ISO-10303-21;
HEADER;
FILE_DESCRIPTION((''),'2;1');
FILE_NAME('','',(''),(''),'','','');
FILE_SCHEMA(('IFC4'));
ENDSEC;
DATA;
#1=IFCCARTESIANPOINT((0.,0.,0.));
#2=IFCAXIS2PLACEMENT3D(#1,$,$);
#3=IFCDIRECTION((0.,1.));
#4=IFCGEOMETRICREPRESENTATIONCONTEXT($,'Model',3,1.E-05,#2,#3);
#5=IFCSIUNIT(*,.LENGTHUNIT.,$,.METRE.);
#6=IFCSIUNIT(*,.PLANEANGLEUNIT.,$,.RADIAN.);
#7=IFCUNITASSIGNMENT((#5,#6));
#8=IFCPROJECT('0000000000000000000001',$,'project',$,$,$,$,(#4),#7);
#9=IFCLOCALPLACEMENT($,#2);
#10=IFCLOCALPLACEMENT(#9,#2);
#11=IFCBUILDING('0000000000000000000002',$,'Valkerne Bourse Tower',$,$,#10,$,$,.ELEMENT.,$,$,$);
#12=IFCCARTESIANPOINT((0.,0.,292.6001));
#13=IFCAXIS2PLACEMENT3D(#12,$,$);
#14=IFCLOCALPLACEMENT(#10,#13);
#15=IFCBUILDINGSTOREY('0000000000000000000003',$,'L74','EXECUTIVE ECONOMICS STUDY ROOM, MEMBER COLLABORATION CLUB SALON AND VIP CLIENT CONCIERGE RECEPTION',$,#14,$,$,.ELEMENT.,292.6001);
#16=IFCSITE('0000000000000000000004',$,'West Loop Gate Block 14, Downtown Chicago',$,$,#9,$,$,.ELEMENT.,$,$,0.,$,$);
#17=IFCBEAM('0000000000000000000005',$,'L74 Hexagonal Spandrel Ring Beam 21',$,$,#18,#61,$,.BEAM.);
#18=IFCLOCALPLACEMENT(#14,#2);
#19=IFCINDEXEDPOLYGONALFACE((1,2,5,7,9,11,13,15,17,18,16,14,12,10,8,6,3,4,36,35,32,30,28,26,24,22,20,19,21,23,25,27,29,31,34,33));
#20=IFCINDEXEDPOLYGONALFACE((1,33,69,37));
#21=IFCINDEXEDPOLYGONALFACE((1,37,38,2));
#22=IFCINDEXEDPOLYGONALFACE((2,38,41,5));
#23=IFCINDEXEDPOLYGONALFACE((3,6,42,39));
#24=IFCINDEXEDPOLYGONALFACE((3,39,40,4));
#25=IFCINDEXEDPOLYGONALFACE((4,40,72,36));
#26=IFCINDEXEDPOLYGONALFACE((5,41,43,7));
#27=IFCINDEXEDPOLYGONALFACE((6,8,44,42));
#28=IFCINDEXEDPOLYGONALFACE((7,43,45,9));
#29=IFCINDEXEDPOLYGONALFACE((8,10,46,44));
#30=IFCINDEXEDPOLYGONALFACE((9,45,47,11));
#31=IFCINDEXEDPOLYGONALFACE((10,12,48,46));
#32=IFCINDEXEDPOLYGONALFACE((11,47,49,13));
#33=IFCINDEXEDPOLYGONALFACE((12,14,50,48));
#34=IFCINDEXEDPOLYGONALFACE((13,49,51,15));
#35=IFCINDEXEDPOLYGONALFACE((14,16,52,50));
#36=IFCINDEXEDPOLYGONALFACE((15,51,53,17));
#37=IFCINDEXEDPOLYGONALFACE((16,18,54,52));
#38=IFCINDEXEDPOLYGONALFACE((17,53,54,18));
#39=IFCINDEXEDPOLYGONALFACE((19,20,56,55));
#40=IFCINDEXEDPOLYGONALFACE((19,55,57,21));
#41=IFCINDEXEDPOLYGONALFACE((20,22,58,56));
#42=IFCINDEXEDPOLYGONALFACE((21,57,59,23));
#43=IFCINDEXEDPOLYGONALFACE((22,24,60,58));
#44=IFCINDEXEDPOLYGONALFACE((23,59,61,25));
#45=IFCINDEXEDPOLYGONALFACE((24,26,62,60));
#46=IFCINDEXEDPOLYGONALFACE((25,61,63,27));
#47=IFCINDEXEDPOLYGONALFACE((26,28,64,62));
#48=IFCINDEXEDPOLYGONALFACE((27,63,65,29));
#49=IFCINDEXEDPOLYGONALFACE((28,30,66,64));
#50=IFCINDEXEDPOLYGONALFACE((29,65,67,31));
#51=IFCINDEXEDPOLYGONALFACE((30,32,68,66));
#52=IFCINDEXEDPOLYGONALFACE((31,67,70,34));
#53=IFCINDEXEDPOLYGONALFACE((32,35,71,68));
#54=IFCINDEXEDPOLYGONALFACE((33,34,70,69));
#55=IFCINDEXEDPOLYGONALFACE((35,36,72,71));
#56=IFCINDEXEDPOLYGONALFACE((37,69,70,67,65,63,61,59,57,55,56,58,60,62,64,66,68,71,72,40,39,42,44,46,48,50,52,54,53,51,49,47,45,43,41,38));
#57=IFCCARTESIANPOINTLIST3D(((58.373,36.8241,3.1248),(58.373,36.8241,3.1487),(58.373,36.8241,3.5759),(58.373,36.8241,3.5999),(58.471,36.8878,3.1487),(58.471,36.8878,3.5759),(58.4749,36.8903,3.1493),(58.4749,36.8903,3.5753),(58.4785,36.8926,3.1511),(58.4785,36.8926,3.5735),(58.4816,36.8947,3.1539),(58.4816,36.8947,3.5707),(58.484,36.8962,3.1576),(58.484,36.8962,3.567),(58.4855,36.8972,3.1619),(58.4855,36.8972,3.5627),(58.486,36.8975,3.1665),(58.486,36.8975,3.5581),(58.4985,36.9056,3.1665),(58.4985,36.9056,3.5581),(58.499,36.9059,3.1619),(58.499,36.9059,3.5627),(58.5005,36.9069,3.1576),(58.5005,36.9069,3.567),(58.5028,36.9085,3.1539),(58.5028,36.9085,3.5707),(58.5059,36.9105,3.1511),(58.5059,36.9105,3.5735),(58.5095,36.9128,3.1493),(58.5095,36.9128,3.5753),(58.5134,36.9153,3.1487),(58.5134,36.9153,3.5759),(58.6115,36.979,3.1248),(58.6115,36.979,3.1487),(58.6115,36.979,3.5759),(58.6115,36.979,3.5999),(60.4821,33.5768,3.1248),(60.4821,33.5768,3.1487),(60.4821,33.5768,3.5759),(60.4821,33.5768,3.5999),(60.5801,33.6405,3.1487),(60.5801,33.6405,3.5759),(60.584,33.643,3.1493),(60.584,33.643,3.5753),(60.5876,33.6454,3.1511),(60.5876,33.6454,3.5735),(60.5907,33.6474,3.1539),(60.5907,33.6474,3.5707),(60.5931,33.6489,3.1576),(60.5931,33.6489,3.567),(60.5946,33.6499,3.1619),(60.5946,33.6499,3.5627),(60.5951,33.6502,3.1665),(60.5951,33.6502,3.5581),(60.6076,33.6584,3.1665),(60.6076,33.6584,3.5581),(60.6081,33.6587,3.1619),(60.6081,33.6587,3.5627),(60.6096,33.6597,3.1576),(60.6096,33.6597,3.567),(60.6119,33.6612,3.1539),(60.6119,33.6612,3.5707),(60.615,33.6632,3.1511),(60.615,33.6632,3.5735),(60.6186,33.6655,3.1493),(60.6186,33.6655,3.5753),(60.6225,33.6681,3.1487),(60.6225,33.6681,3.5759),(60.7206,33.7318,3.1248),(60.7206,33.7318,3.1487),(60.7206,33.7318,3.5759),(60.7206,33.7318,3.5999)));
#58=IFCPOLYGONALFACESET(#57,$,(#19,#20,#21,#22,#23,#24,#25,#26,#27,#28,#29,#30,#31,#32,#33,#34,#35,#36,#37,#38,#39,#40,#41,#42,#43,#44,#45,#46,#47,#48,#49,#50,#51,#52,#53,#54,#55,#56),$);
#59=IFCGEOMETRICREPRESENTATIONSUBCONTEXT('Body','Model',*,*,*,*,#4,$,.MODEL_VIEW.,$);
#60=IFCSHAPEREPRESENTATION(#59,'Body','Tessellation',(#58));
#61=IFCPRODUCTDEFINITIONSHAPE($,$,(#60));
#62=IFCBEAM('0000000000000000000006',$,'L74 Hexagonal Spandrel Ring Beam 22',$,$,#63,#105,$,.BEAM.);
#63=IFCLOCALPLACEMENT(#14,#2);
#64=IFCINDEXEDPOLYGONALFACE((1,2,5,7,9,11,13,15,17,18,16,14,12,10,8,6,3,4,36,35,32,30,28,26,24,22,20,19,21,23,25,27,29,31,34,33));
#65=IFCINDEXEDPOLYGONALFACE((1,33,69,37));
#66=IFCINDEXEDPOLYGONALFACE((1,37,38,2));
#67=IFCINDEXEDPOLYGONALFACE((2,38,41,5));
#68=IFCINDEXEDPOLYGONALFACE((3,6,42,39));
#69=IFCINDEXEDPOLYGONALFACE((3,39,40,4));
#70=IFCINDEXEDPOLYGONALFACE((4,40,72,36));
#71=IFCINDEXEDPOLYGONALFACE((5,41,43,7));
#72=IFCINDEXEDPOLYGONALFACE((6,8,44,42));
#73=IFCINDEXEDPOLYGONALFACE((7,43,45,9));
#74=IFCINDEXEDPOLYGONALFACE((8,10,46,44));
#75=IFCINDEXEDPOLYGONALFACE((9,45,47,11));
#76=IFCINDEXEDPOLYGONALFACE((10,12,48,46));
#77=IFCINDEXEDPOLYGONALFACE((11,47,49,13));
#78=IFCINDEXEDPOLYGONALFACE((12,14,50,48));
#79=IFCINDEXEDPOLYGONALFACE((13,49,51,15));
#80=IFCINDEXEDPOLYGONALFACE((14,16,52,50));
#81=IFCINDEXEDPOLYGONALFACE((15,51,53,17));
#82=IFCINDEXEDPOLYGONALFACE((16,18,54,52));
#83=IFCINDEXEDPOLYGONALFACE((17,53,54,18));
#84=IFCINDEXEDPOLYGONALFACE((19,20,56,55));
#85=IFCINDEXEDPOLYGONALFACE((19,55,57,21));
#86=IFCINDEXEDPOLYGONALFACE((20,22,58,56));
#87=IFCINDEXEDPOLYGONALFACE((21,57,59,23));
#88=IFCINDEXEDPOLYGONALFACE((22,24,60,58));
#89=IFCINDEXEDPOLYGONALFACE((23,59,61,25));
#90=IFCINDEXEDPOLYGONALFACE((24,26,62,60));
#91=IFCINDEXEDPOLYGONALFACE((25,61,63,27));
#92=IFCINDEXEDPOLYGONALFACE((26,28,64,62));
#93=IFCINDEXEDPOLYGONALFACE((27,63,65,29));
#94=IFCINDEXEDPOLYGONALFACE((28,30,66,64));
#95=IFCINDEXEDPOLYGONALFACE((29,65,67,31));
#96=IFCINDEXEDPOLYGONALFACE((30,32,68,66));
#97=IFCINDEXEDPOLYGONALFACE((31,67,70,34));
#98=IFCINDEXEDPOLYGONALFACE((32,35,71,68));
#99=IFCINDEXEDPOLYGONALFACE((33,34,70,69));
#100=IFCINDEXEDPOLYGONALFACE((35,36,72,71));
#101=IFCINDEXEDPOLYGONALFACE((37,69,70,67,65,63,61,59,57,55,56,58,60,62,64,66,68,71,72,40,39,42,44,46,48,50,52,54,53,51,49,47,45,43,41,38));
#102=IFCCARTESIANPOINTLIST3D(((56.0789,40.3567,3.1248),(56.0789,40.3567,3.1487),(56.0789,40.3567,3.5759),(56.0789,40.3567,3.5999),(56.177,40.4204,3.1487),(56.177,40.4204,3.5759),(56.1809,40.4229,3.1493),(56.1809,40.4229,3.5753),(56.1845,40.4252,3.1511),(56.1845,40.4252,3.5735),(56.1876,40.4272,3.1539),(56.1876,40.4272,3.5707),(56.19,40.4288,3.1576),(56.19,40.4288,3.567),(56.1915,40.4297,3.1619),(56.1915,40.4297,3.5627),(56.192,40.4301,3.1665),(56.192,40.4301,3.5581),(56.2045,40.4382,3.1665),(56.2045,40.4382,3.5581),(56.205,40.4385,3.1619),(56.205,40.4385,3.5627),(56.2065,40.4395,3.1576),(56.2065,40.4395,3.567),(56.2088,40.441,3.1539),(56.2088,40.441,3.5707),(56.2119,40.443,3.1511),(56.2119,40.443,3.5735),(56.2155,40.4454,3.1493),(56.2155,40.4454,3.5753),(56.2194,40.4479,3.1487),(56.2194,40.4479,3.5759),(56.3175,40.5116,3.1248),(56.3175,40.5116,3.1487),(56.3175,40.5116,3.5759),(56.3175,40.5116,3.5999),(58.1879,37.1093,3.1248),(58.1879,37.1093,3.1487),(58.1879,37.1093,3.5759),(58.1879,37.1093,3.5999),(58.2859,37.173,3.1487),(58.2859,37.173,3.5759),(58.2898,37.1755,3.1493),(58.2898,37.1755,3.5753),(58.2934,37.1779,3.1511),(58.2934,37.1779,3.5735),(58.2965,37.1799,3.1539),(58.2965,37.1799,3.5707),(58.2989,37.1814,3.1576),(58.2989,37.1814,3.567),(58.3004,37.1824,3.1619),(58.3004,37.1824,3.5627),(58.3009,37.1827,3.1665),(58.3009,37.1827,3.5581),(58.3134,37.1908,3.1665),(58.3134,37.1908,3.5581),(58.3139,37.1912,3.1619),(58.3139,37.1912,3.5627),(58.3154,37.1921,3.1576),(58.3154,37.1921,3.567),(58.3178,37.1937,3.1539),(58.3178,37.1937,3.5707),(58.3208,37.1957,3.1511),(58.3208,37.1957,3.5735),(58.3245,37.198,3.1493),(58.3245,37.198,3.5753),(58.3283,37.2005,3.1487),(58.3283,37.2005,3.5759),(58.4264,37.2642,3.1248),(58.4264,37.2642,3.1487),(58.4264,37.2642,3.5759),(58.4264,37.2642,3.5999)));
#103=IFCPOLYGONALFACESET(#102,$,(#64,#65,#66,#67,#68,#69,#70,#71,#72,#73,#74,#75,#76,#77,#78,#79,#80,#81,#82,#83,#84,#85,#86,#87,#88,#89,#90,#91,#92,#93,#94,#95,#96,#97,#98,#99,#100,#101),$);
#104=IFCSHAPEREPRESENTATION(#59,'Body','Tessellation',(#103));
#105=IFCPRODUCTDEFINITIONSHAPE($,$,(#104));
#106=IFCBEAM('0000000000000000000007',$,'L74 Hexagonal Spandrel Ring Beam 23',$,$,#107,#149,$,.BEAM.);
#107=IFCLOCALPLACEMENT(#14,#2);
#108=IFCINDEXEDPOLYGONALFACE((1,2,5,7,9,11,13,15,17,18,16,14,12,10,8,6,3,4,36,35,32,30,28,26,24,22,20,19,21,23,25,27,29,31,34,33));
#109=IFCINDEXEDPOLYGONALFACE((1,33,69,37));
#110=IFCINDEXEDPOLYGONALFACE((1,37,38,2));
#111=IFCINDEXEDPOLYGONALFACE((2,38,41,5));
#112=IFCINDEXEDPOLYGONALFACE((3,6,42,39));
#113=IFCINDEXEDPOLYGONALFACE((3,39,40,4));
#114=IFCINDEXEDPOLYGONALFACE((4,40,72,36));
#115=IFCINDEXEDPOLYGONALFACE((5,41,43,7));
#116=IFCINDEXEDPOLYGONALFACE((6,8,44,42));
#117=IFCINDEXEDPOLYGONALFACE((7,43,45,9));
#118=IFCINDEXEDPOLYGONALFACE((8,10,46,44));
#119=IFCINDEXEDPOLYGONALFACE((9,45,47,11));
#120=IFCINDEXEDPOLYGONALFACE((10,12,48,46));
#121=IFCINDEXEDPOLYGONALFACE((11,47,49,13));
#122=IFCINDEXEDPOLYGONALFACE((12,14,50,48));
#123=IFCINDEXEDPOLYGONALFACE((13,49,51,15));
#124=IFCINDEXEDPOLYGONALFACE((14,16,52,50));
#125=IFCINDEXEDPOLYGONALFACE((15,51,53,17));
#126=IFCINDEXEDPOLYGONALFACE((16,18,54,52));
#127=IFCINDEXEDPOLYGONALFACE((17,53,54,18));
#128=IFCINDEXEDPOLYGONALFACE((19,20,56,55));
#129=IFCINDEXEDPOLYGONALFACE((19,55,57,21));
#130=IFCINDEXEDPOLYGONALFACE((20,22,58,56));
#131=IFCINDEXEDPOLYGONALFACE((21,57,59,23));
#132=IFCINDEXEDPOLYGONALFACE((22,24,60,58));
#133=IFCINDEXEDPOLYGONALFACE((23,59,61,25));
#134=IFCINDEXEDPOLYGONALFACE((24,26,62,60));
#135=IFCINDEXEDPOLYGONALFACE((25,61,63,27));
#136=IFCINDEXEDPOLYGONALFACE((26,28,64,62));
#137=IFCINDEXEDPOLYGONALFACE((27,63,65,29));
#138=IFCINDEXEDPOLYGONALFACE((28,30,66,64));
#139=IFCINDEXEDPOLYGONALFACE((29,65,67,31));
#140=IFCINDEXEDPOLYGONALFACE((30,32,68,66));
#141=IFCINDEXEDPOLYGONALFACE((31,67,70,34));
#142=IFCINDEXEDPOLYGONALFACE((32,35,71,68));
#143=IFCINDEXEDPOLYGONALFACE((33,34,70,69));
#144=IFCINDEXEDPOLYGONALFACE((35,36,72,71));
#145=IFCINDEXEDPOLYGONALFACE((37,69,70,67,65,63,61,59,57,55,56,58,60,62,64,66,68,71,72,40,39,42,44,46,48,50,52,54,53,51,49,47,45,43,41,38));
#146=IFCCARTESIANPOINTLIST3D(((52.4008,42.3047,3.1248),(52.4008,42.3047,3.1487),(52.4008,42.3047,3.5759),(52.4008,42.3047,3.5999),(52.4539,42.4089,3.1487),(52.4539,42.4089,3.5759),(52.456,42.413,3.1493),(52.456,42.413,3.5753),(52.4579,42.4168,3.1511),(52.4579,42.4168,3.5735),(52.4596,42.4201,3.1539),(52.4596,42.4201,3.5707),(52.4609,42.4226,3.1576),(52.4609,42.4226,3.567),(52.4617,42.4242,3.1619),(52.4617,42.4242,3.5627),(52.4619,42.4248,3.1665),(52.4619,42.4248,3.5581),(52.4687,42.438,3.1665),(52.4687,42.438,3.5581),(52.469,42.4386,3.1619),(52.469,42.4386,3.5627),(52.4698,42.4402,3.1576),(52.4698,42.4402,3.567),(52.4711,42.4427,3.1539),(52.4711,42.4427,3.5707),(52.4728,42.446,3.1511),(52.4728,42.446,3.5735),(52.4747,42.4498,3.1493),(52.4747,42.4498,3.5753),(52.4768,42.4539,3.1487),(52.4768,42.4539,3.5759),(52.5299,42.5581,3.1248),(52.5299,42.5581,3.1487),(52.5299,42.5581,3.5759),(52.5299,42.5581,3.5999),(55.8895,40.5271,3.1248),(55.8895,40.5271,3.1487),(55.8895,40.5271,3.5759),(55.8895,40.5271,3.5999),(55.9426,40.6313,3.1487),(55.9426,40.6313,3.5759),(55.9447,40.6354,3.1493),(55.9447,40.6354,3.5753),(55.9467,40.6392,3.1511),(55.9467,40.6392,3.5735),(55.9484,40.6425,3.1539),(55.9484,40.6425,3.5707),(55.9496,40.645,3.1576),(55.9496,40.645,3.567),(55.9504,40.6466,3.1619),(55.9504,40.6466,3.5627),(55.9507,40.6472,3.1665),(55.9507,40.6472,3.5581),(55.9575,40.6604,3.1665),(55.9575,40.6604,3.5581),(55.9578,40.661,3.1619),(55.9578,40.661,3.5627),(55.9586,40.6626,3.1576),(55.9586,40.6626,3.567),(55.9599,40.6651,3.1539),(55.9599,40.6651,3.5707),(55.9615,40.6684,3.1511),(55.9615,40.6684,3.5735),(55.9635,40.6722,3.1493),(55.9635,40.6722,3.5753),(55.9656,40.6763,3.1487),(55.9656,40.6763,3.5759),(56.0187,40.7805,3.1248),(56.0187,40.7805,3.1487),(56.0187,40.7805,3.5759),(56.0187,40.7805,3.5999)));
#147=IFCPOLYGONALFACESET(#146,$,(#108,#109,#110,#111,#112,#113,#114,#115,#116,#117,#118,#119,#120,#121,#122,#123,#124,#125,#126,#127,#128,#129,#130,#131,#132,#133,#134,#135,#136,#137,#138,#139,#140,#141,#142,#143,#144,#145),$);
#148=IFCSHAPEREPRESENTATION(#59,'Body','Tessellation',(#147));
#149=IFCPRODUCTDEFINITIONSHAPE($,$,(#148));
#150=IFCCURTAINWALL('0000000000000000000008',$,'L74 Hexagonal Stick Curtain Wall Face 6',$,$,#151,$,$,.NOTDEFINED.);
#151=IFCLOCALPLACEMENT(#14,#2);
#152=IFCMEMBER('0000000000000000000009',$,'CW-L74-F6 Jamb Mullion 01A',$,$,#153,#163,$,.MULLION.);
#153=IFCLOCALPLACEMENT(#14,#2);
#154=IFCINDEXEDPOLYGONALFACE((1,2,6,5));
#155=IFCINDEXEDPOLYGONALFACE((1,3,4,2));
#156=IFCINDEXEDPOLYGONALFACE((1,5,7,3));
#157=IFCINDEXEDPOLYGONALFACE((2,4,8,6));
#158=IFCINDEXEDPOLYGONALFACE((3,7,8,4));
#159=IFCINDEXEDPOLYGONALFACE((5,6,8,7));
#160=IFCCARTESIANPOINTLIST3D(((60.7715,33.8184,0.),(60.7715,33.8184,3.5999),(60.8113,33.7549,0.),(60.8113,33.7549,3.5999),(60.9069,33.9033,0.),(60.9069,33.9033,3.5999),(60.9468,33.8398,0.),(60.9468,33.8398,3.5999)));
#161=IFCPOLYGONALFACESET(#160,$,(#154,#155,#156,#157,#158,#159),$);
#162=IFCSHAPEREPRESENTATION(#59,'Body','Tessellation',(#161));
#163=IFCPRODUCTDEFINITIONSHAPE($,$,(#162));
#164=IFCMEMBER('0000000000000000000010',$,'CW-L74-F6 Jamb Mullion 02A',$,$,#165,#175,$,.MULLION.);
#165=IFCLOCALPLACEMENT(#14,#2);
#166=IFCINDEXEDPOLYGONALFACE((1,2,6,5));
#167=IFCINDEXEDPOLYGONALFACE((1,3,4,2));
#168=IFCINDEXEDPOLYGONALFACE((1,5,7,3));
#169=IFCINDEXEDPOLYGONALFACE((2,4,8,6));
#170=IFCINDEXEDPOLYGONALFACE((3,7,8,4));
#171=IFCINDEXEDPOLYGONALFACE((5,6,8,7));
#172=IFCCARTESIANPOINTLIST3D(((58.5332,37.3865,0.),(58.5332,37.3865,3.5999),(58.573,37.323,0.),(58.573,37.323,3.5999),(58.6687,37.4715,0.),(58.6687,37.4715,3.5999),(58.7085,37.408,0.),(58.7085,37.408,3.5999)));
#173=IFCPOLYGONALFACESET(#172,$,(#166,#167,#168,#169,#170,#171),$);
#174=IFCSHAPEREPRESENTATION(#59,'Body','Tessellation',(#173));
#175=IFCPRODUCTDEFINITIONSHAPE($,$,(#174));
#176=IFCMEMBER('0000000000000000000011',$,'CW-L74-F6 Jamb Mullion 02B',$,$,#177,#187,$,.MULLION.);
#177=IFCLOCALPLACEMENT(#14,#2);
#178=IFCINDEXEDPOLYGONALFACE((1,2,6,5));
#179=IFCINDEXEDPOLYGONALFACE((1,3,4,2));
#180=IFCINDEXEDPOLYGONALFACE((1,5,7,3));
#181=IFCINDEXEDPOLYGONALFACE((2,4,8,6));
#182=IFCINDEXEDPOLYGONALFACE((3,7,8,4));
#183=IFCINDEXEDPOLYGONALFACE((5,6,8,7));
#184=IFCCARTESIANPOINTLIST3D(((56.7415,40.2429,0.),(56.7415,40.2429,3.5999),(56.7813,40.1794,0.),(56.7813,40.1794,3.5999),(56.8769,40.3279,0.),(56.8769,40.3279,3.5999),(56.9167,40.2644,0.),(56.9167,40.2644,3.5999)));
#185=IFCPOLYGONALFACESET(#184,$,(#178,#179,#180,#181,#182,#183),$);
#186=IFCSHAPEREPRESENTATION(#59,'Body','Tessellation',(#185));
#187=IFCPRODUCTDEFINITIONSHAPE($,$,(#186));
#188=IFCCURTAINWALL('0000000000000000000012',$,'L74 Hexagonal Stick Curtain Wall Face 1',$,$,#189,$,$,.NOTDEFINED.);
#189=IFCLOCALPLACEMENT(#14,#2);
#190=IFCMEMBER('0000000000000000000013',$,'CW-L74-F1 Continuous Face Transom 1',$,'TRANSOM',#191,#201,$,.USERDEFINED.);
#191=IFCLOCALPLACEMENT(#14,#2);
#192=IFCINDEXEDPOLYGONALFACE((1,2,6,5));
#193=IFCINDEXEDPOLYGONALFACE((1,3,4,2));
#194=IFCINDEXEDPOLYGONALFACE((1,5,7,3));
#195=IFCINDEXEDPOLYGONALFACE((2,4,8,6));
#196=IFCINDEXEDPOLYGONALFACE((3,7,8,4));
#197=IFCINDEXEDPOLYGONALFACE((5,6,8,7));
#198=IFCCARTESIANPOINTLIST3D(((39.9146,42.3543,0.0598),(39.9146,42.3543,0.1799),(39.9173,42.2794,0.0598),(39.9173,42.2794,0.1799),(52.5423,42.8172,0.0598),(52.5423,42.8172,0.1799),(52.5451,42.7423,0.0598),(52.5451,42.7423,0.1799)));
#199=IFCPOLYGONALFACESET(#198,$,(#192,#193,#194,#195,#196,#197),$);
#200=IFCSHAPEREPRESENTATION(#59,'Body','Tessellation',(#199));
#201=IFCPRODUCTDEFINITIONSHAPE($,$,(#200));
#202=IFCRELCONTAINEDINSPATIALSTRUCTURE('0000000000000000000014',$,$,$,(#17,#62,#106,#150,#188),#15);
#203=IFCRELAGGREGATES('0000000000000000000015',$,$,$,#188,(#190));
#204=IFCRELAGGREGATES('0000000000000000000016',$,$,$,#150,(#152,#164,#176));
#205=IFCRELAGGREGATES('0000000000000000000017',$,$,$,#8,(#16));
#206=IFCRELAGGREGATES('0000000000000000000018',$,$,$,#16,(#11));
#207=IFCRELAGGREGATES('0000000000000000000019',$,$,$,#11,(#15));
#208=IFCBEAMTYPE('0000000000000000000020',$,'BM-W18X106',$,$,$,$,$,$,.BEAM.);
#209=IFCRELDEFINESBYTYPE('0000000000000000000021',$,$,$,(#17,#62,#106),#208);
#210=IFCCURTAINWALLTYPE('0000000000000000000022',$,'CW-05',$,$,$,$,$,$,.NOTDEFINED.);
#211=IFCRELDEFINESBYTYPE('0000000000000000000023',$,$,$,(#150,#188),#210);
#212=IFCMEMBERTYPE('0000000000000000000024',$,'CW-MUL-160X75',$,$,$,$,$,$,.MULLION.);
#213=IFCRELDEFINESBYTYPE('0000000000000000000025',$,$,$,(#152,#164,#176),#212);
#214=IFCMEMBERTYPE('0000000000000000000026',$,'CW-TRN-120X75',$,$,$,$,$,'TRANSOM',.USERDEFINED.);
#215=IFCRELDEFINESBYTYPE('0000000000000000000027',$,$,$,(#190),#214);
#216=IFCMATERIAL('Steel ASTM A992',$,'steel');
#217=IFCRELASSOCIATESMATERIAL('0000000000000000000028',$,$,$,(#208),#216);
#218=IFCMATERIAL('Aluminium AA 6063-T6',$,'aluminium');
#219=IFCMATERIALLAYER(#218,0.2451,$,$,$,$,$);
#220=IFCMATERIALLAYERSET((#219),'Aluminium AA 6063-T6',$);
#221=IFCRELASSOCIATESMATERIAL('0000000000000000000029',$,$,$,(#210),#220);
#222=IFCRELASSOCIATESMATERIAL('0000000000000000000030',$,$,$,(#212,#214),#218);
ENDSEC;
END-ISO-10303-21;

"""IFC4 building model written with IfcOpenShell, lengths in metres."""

from ifc_helpers import new_model, si_unit, direction, frame, origin, origin_2d, place, context, subcontext, project, spatial, rectangle, i_section, extrude, material, layer, layer_set, material_profile, profile_set, type_object, element, aggregate, save


model = new_model("IFC4")

# Units and contexts
model_context = context("Model", 3, precision=1e-05, world=origin(), true_north=direction((0.0, 1.0)))
body_context = subcontext(model_context, "Body", "Model", "MODEL_VIEW")
ifc_project = project(units=[si_unit("LENGTHUNIT", "METRE"), si_unit("PLANEANGLEUNIT", "RADIAN")], contexts=[model_context])

# Site, building, storey
site_placement = place(None, origin())
site = spatial("IfcSite", under=ifc_project, at=site_placement, Name="West Loop Gate Block 14, Downtown Chicago", CompositionType="ELEMENT", RefElevation=0.0)
building_placement = place(site_placement, origin())
building = spatial("IfcBuilding", under=site, at=building_placement, Name="Valkerne Bourse Tower", CompositionType="ELEMENT")
storey_placement = place(building_placement, frame((0.0, 0.0, 292.6001)))
storey = spatial("IfcBuildingStorey", under=building, at=storey_placement, Name="L74", Description="EXECUTIVE ECONOMICS STUDY ROOM, MEMBER COLLABORATION CLUB SALON AND VIP CLIENT CONCIERGE RECEPTION", CompositionType="ELEMENT", Elevation=292.6001)

# Beams
ifc_material_1 = material(Name="Steel ASTM A992", Category="steel")
ifc_material_profile_1 = material_profile(ifc_material_1, i_section(OverallWidth=0.2844, OverallDepth=0.4751, WebThickness=0.0149, FlangeThickness=0.0239, FilletRadius=0.0178, at=origin_2d()), Name="W18X106")
ifc_profile_set_1 = profile_set([ifc_material_profile_1], Name="Steel ASTM A992")
beam_type = type_object("IfcBeamType", Name="BM-W18X106", PredefinedType="BEAM", material=ifc_profile_set_1)
for number, where, z_axis, x_axis, name in (
    (1, (60.6013, 33.6543, 3.3623), (-0.544694, 0.838635, 0.0), (-0.838635, -0.544694, 0.0), "L74 Hexagonal Spandrel Ring Beam 21"),
    (2, (58.3071, 37.1868, 3.3623), (-0.544649, 0.838664, 0.0), (-0.838664, -0.544649, 0.0), "L74 Hexagonal Spandrel Ring Beam 22"),
):
    element("IfcBeam", number, at=place(storey_placement, frame(where, z_axis=z_axis, x_axis=x_axis)), inside=storey, type_object=beam_type, Name=name, PredefinedType="BEAM", context=body_context, shape_type="SweptSolid", body=[
        extrude(i_section(OverallWidth=0.2844, OverallDepth=0.4751, WebThickness=0.0149, FlangeThickness=0.0239, FilletRadius=0.0178, at=origin_2d()), origin(), (0.0, 0.0, 1.0), 3.8721),
    ])
beam_placement = place(storey_placement, frame((55.9541, 40.6538, 3.3623), z_axis=(-0.89101, 0.453985, 0.0), x_axis=(-0.453985, -0.89101, 0.0)))
element("IfcBeam", 3, at=beam_placement, inside=storey, type_object=beam_type, Name="L74 Hexagonal Spandrel Ring Beam 23", PredefinedType="BEAM", context=body_context, shape_type="SweptSolid", body=[
    extrude(i_section(OverallWidth=0.2844, OverallDepth=0.4751, WebThickness=0.0149, FlangeThickness=0.0239, FilletRadius=0.0178, at=origin_2d()), origin(), (0.0, 0.0, 1.0), 3.9155),
])

# Curtain walls, members
ifc_material_2 = material(Name="Aluminium AA 6063-T6", Category="aluminium")
ifc_layer_1 = layer(ifc_material_2, 0.2451)
ifc_layer_set_1 = layer_set([ifc_layer_1], Name="Aluminium AA 6063-T6")
curtain_wall_type = type_object("IfcCurtainWallType", Name="CW-05", PredefinedType="NOTDEFINED", material=ifc_layer_set_1)
curtain_wall_1_placement = place(storey_placement, origin())
curtain_wall_1 = element("IfcCurtainWall", 4, at=curtain_wall_1_placement, inside=storey, type_object=curtain_wall_type, Name="L74 Hexagonal Stick Curtain Wall Face 6", PredefinedType="NOTDEFINED")
ifc_material_profile_2 = material_profile(ifc_material_2, rectangle(XDim=0.075, YDim=0.1599, at=origin_2d()), Name="CWM-75X160")
ifc_profile_set_2 = profile_set([ifc_material_profile_2], Name="Aluminium AA 6063-T6")
member_type_1 = type_object("IfcMemberType", Name="CW-MUL-160X75", PredefinedType="MULLION", material=ifc_profile_set_2)
member_1_placement = place(storey_placement, frame((60.8591, 33.8291, 0.0), z_axis=(0.0, 0.0, 1.0), x_axis=(-0.531398, 0.847122, 0.0)))
member_1 = element("IfcMember", 5, at=member_1_placement, type_object=member_type_1, Name="CW-L74-F6 Jamb Mullion 01A", PredefinedType="MULLION", context=body_context, shape_type="SweptSolid", body=[
    extrude(rectangle(XDim=0.075, YDim=0.1599, at=origin_2d()), origin(), (0.0, 0.0, 1.0), 3.5999),
])
member_2_placement = place(storey_placement, frame((58.6208, 37.3972, 0.0), z_axis=(0.0, 0.0, 1.0), x_axis=(-0.531405, 0.847118, 0.0)))
member_2 = element("IfcMember", 6, at=member_2_placement, type_object=member_type_1, Name="CW-L74-F6 Jamb Mullion 02A", PredefinedType="MULLION", context=body_context, shape_type="SweptSolid", body=[
    extrude(rectangle(XDim=0.075, YDim=0.1599, at=origin_2d()), origin(), (0.0, 0.0, 1.0), 3.5999),
])
member_3_placement = place(storey_placement, frame((56.8291, 40.2537, 0.0), z_axis=(0.0, 0.0, 1.0), x_axis=(-0.531405, 0.847118, 0.0)))
member_3 = element("IfcMember", 7, at=member_3_placement, type_object=member_type_1, Name="CW-L74-F6 Jamb Mullion 02B", PredefinedType="MULLION", context=body_context, shape_type="SweptSolid", body=[
    extrude(rectangle(XDim=0.075, YDim=0.1599, at=origin_2d()), origin(), (0.0, 0.0, 1.0), 3.5999),
])
curtain_wall_2_placement = place(storey_placement, origin())
curtain_wall_2 = element("IfcCurtainWall", 8, at=curtain_wall_2_placement, inside=storey, type_object=curtain_wall_type, Name="L74 Hexagonal Stick Curtain Wall Face 1", PredefinedType="NOTDEFINED")
ifc_material_profile_3 = material_profile(ifc_material_2, rectangle(XDim=0.075, YDim=0.1201, at=origin_2d()), Name="CWT-75X120")
ifc_profile_set_3 = profile_set([ifc_material_profile_3], Name="Aluminium AA 6063-T6")
member_type_2 = type_object("IfcMemberType", Name="CW-TRN-120X75", ElementType="TRANSOM", PredefinedType="USERDEFINED", material=ifc_profile_set_3)
member_4_placement = place(storey_placement, frame((52.5437, 42.7798, 0.1199), z_axis=(-0.999329, -0.036632, 0.0), x_axis=(0.036632, -0.999329, 0.0)))
member_4 = element("IfcMember", 9, at=member_4_placement, type_object=member_type_2, Name="CW-L74-F1 Continuous Face Transom 1", ObjectType="TRANSOM", PredefinedType="USERDEFINED", context=body_context, shape_type="SweptSolid", body=[
    extrude(rectangle(XDim=0.075, YDim=0.1201, at=origin_2d()), origin(), (0.0, 0.0, 1.0), 12.6362),
])
aggregate(curtain_wall_2, [member_4])

aggregate(curtain_wall_1, [member_1, member_2, member_3])

save(model, "model.ifc")
